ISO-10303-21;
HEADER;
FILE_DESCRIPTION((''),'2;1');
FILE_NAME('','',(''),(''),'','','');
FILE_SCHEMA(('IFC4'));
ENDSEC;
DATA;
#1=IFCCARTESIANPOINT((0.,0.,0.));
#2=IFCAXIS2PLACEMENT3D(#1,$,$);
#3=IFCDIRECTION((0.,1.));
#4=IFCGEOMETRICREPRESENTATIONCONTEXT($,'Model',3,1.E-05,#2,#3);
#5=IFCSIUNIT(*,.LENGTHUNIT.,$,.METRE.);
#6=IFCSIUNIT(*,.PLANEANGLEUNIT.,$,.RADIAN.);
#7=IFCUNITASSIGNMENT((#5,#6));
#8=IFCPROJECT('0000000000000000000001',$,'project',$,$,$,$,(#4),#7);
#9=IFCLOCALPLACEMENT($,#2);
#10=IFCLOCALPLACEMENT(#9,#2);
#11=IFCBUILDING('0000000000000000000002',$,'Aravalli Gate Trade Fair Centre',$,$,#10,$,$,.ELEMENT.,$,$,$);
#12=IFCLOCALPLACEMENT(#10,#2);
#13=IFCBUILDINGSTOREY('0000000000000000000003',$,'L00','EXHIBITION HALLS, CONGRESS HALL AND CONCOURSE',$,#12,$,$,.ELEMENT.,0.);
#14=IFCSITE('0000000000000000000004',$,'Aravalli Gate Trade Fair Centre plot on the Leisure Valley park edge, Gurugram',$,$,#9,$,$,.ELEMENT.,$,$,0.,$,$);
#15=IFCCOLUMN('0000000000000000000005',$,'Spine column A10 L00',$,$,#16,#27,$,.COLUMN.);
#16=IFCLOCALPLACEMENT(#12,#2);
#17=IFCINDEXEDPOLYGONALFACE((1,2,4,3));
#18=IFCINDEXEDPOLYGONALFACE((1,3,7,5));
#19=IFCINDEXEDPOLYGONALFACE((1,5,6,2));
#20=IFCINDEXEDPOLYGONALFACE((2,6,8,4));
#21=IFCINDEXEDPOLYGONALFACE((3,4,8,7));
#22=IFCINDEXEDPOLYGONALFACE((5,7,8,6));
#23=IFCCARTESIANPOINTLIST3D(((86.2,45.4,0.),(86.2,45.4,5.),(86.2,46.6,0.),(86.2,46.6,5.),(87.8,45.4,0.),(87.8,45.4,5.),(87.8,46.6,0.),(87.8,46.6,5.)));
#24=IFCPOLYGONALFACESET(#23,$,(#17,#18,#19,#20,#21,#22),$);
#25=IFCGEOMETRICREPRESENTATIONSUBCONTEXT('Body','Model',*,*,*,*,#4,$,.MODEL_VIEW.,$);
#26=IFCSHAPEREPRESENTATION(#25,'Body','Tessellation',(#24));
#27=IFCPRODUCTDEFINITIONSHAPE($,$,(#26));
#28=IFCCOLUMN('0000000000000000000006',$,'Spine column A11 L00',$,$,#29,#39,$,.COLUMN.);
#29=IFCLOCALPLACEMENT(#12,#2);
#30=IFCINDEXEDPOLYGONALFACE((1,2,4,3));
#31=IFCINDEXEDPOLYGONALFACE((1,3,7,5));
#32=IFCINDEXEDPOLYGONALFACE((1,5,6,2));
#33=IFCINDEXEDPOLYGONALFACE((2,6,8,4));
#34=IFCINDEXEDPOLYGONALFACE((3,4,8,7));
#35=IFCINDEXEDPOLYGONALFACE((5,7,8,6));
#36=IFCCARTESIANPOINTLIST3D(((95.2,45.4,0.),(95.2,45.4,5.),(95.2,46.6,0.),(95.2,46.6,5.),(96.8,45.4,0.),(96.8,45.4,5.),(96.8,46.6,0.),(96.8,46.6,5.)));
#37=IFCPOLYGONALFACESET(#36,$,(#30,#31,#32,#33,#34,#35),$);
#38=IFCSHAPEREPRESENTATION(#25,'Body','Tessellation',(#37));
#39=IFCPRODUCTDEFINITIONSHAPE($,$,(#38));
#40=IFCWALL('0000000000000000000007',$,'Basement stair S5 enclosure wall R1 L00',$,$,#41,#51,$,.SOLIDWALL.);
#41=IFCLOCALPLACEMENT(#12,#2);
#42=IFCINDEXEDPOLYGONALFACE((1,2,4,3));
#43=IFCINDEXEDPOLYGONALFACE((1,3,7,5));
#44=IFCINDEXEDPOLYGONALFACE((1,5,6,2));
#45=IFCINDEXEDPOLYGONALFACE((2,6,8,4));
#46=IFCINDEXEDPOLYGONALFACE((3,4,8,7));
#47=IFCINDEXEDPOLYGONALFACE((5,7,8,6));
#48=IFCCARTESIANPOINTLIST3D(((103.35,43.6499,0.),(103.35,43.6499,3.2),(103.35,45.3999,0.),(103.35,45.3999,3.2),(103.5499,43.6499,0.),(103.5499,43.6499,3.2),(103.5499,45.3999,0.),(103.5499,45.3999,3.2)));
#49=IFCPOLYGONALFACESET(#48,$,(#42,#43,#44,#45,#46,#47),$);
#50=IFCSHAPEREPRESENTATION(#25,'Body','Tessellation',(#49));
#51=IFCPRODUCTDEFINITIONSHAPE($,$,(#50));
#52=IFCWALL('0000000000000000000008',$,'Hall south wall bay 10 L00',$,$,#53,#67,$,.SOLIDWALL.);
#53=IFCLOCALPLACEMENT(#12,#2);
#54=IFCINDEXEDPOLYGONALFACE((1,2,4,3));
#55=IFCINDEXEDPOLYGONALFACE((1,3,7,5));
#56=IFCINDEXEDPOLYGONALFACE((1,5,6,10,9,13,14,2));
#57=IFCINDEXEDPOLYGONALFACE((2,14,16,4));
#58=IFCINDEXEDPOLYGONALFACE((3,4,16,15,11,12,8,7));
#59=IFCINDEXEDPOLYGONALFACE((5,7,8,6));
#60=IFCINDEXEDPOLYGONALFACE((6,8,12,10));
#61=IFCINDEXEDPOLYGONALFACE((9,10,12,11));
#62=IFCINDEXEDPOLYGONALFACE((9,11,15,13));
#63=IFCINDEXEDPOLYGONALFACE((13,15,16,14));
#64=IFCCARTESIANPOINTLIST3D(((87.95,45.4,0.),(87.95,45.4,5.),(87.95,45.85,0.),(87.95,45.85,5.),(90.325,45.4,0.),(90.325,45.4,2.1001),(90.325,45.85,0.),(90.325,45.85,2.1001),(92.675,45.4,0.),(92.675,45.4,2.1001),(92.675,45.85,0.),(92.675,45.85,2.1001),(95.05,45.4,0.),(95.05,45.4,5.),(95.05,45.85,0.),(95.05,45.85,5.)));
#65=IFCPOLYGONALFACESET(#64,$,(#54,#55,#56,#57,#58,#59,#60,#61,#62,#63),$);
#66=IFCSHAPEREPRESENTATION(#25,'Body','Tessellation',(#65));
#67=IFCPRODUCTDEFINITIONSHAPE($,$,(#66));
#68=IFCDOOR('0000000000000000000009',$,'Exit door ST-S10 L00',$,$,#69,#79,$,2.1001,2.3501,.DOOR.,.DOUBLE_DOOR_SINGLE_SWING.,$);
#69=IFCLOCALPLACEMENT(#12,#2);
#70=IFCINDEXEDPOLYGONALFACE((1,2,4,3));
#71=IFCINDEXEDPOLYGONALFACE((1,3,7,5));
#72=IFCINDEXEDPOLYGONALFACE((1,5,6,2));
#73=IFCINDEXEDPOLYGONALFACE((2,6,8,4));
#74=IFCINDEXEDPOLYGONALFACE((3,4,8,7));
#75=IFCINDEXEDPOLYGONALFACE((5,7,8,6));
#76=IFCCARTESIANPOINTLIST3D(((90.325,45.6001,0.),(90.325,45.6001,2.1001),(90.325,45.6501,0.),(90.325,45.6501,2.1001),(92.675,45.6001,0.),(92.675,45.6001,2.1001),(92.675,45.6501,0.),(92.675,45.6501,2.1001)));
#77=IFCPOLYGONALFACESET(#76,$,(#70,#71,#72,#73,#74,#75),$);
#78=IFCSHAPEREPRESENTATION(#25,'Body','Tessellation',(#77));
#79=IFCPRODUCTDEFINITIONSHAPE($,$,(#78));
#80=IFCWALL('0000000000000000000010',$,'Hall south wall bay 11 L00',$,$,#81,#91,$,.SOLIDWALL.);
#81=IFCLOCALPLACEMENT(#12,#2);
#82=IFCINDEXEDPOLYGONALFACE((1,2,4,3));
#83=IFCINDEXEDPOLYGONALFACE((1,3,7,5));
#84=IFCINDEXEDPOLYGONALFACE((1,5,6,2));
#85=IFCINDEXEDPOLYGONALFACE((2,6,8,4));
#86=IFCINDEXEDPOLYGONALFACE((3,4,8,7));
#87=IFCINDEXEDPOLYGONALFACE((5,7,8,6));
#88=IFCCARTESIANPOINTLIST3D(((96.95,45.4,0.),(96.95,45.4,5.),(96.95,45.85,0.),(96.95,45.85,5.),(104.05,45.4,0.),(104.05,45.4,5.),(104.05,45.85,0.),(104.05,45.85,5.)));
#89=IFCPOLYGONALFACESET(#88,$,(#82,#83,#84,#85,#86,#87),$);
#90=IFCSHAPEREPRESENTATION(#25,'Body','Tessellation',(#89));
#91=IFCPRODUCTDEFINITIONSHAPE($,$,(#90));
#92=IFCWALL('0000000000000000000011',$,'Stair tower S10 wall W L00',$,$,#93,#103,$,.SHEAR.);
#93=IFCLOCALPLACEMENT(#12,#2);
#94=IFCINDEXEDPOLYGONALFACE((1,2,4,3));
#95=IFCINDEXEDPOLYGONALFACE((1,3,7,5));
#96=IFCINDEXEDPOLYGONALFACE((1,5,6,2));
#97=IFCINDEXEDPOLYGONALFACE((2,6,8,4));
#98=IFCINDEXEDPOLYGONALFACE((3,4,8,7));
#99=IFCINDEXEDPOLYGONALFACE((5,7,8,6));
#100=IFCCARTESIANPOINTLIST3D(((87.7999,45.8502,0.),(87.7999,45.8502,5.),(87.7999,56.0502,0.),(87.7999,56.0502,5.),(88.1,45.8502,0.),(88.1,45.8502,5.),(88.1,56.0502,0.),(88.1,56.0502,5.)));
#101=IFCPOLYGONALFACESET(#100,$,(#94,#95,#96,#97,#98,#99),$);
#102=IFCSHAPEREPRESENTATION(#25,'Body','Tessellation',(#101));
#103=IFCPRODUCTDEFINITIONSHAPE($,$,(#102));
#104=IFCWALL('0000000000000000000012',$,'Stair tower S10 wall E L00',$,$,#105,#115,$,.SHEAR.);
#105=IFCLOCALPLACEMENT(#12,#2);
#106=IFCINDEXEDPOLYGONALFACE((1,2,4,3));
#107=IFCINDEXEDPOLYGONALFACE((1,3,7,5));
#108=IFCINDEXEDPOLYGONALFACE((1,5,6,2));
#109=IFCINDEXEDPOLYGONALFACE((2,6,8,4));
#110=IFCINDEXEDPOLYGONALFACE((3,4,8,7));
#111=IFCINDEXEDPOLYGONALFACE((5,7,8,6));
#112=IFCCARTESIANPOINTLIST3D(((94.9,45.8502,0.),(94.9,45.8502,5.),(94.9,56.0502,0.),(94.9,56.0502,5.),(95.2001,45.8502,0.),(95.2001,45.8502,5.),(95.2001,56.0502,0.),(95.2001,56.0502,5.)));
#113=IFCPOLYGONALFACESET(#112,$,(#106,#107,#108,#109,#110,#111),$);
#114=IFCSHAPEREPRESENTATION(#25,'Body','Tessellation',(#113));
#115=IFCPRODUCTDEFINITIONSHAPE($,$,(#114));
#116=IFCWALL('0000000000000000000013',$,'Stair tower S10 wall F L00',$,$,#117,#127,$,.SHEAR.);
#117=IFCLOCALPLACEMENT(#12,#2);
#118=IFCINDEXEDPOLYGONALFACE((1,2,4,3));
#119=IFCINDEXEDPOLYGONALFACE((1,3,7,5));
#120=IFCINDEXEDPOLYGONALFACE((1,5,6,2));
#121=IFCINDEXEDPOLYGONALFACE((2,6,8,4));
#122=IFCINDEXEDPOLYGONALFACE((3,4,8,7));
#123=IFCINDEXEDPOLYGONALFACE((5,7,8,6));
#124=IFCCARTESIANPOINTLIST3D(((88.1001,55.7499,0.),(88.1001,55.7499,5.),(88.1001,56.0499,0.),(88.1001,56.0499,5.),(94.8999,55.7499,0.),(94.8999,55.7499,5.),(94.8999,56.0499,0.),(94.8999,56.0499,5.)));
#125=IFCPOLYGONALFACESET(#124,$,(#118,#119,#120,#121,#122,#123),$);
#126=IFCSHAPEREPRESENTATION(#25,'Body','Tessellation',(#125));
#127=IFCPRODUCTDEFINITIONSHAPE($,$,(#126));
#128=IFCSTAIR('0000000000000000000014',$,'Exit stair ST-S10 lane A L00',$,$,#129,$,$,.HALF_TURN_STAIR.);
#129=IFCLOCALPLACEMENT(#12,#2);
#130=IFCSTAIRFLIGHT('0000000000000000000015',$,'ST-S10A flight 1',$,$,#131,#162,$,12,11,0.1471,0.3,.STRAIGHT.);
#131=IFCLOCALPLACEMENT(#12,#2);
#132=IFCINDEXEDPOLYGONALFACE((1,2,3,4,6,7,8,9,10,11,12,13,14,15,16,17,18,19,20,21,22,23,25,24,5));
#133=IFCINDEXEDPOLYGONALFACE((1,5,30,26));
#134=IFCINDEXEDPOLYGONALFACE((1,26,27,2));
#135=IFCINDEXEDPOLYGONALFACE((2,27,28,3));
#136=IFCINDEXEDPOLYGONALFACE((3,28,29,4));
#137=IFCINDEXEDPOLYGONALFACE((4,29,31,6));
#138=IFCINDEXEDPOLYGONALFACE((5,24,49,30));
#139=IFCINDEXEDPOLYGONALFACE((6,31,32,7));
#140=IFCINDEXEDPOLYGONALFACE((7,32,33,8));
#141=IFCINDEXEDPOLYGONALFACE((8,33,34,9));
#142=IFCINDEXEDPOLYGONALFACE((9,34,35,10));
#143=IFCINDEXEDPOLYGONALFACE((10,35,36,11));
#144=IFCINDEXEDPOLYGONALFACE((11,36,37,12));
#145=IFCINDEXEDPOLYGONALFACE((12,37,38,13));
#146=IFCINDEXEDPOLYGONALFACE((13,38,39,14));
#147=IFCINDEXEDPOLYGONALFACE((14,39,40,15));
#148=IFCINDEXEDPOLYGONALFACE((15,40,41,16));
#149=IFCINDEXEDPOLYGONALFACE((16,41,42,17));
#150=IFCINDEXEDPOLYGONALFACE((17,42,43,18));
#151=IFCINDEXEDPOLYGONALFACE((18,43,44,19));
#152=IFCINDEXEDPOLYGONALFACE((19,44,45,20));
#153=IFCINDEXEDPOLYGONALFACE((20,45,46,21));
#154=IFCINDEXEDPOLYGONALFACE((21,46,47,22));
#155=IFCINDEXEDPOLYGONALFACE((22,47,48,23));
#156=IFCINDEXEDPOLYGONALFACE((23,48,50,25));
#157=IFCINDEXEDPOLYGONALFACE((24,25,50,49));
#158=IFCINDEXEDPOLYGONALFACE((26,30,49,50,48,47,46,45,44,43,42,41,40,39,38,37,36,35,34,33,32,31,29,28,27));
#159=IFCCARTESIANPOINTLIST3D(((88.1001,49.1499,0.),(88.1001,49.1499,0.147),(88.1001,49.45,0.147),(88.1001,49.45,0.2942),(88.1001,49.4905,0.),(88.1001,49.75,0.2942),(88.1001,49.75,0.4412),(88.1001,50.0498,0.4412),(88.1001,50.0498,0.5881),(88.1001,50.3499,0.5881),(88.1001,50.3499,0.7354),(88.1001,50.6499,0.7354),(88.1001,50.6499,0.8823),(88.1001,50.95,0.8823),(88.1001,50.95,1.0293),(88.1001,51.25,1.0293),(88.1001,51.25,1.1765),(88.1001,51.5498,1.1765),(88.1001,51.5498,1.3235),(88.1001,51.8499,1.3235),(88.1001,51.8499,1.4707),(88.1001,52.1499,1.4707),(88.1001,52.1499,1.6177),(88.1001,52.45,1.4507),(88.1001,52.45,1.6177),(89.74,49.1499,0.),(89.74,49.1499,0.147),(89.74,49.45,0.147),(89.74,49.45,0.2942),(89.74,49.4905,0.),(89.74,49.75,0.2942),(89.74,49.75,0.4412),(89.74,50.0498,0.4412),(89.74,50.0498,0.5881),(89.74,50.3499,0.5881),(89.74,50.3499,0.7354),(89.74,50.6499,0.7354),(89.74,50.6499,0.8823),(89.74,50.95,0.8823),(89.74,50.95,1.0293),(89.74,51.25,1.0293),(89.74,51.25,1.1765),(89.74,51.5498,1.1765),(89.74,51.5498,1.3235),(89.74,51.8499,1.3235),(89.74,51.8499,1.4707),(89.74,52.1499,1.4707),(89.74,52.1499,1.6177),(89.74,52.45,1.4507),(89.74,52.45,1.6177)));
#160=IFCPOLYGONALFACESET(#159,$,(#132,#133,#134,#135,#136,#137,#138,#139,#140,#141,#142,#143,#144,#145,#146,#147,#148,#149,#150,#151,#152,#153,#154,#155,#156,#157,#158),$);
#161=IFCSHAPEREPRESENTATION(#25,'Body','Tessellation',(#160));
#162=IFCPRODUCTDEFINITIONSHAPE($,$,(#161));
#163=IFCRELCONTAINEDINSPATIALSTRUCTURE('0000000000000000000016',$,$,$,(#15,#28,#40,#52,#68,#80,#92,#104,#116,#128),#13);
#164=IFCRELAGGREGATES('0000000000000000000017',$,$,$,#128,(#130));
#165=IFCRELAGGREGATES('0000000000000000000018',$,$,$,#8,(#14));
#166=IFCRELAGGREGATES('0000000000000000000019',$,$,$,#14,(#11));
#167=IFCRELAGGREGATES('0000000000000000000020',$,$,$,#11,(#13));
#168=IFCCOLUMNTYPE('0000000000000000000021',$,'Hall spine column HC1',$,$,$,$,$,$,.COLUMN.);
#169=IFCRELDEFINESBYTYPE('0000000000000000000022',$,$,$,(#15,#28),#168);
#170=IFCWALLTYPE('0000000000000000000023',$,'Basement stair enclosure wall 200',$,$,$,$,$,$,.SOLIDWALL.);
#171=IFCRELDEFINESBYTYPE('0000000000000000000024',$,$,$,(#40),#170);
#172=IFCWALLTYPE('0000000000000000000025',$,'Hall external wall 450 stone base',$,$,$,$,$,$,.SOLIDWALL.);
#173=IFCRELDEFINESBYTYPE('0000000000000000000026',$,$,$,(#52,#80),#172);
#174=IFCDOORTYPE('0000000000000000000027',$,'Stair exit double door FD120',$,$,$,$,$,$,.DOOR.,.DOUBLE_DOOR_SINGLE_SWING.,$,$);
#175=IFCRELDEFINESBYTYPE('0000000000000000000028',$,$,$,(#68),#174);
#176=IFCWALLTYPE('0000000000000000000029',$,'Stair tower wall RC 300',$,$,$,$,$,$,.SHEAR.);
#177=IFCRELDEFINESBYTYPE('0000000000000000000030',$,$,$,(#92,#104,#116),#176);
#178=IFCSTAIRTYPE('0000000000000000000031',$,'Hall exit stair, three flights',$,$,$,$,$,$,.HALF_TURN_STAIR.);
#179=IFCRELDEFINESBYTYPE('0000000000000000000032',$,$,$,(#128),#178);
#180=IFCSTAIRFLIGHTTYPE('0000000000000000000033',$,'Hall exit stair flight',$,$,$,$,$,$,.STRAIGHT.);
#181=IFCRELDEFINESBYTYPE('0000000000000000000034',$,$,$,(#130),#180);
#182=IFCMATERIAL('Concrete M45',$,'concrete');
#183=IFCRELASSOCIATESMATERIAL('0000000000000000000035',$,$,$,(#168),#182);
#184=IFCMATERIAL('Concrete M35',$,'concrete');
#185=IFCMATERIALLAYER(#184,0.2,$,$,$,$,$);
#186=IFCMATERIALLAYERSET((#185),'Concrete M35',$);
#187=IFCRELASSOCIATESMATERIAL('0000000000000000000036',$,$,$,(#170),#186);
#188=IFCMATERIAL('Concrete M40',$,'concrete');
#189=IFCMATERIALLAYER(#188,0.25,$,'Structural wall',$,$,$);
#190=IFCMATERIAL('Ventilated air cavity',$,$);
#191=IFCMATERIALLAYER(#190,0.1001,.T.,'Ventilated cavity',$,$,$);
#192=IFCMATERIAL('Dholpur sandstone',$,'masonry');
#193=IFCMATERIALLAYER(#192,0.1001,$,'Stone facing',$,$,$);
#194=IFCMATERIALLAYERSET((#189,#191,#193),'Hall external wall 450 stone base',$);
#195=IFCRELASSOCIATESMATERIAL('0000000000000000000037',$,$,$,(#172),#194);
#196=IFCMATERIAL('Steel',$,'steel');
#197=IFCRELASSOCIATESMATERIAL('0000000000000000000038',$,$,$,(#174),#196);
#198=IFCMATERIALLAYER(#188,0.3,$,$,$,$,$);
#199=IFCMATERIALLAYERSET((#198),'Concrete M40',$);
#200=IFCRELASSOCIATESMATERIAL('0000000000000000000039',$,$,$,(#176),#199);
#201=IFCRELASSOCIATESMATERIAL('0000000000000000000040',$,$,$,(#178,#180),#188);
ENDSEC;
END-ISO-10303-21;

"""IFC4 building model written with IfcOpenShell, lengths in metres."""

from ifc_helpers import new_model, si_unit, direction, frame, frame_2d, origin, origin_2d, place, context, subcontext, project, spatial, polyline, rectangle, outline, extrude, material, layer, layer_set, material_profile, profile_set, type_object, element, fill, aggregate, save


model = new_model("IFC4")

# Units and contexts
model_context = context("Model", 3, precision=1e-05, world=origin(), true_north=direction((0.0, 1.0)))
body_context = subcontext(model_context, "Body", "Model", "MODEL_VIEW")
ifc_project = project(units=[si_unit("LENGTHUNIT", "METRE"), si_unit("PLANEANGLEUNIT", "RADIAN")], contexts=[model_context])

# Site, building, storey
site_placement = place(None, origin())
site = spatial("IfcSite", under=ifc_project, at=site_placement, Name="Aravalli Gate Trade Fair Centre plot on the Leisure Valley park edge, Gurugram", CompositionType="ELEMENT", RefElevation=0.0)
building_placement = place(site_placement, origin())
building = spatial("IfcBuilding", under=site, at=building_placement, Name="Aravalli Gate Trade Fair Centre", CompositionType="ELEMENT")
storey_placement = place(building_placement, origin())
storey = spatial("IfcBuildingStorey", under=building, at=storey_placement, Name="L00", Description="EXHIBITION HALLS, CONGRESS HALL AND CONCOURSE", CompositionType="ELEMENT", Elevation=0.0)

# Columns
ifc_material_1 = material(Name="Concrete M45", Category="concrete")
ifc_material_profile = material_profile(ifc_material_1, rectangle(XDim=1.6001, YDim=1.2, at=origin_2d()), Name="RC 1600x1200")
ifc_profile_set = profile_set([ifc_material_profile], Name="Concrete M45")
column_type = type_object("IfcColumnType", Name="Hall spine column HC1", PredefinedType="COLUMN", material=ifc_profile_set)
for number, where, z_axis, x_axis, name in (
    (1, (87.0, 46.0, 0.0), (0.0, 0.0, 1.0), (1.0, 0.0, 0.0), "Spine column A10 L00"),
    (2, (96.0, 46.0, 0.0), (0.0, 0.0, 1.0), (1.0, 0.0, 0.0), "Spine column A11 L00"),
):
    element("IfcColumn", number, at=place(storey_placement, frame(where, z_axis=z_axis, x_axis=x_axis)), inside=storey, type_object=column_type, Name=name, PredefinedType="COLUMN", context=body_context, shape_type="SweptSolid", body=[
        extrude(rectangle(XDim=1.6001, YDim=1.2, at=origin_2d()), origin(), (0.0, 0.0, 1.0), 5.0),
    ])

# Wall
ifc_material_2 = material(Name="Concrete M35", Category="concrete")
ifc_layer_1 = layer(ifc_material_2, 0.2)
ifc_layer_set_1 = layer_set([ifc_layer_1], Name="Concrete M35")
wall_type_1 = type_object("IfcWallType", Name="Basement stair enclosure wall 200", PredefinedType="SOLIDWALL", material=ifc_layer_set_1)
wall_1_placement = place(storey_placement, frame((103.45, 45.3999, 0.0), z_axis=(0.0, 0.0, 1.0), x_axis=(0.0, -1.0, 0.0)))
element("IfcWall", 3, at=wall_1_placement, inside=storey, type_object=wall_type_1, Name="Basement stair S5 enclosure wall R1 L00", PredefinedType="SOLIDWALL", context=body_context, shape_type="SweptSolid", body=[
    extrude(rectangle(XDim=1.75, YDim=0.2, at=frame_2d((0.875, 0.0))), origin(), (0.0, 0.0, 1.0), 3.2),
])

# Wall, opening, door
ifc_material_3 = material(Name="Concrete M40", Category="concrete")
ifc_layer_2 = layer(ifc_material_3, 0.25, Name="Structural wall")
ifc_material_4 = material(Name="Ventilated air cavity")
ifc_layer_3 = layer(ifc_material_4, 0.1001, ventilated=True, Name="Ventilated cavity")
ifc_material_5 = material(Name="Dholpur sandstone", Category="masonry")
ifc_layer_4 = layer(ifc_material_5, 0.1001, Name="Stone facing")
ifc_layer_set_2 = layer_set([ifc_layer_2, ifc_layer_3, ifc_layer_4], Name="Hall external wall 450 stone base")
wall_type_2 = type_object("IfcWallType", Name="Hall external wall 450 stone base", PredefinedType="SOLIDWALL", material=ifc_layer_set_2)
wall_2_placement = place(storey_placement, frame((87.95, 45.625, 0.0), z_axis=(0.0, 0.0, 1.0), x_axis=(1.0, 0.0, 0.0)))
wall_2 = element("IfcWall", 4, at=wall_2_placement, inside=storey, type_object=wall_type_2, Name="Hall south wall bay 10 L00", PredefinedType="SOLIDWALL", context=body_context, shape_type="SweptSolid", body=[
    extrude(rectangle(XDim=7.1001, YDim=0.45, at=frame_2d((3.55, 0.0))), origin(), (0.0, 0.0, 1.0), 5.0),
])
opening_placement = place(wall_2_placement, frame((2.375, 0.0, 0.0)))
opening = element("IfcOpeningElement", 5, at=opening_placement, cuts=wall_2, PredefinedType="OPENING", context=body_context, shape_type="SweptSolid", body=[
    extrude(rectangle(XDim=2.3501, YDim=2.1001, at=frame_2d((1.175, 1.05))), frame((0.0, 0.2349, 0.0), z_axis=(0.0, -1.0, 0.0), x_axis=(1.0, 0.0, 0.0)), (0.0, 0.0, 1.0), 0.47),
])
ifc_material_6 = material(Name="Steel", Category="steel")
door_type = type_object("IfcDoorType", Name="Stair exit double door FD120", OperationType="DOUBLE_DOOR_SINGLE_SWING", PredefinedType="DOOR", material=ifc_material_6)
door_placement = place(opening_placement, frame((2.3501, 0.0, 0.0), z_axis=(0.0, 0.0, 1.0), x_axis=(-1.0, 0.0, 0.0)))
door = element("IfcDoor", 6, at=door_placement, inside=storey, type_object=door_type, Name="Exit door ST-S10 L00", OperationType="DOUBLE_DOOR_SINGLE_SWING", OverallHeight=2.1001, OverallWidth=2.3501, PredefinedType="DOOR", context=body_context, shape_type="SweptSolid", body=[
    extrude(rectangle(XDim=2.3501, YDim=2.1001, at=frame_2d((1.175, 1.05))), frame((0.0, 0.0249, 0.0), z_axis=(0.0, -1.0, 0.0), x_axis=(1.0, 0.0, 0.0)), (0.0, 0.0, 1.0), 0.05),
])
fill(opening, door)

# Walls
wall_3_placement = place(storey_placement, frame((96.95, 45.625, 0.0), z_axis=(0.0, 0.0, 1.0), x_axis=(1.0, 0.0, 0.0)))
element("IfcWall", 7, at=wall_3_placement, inside=storey, type_object=wall_type_2, Name="Hall south wall bay 11 L00", PredefinedType="SOLIDWALL", context=body_context, shape_type="SweptSolid", body=[
    extrude(rectangle(XDim=7.1001, YDim=0.45, at=frame_2d((3.55, 0.0))), origin(), (0.0, 0.0, 1.0), 5.0),
])
ifc_layer_5 = layer(ifc_material_3, 0.3)
ifc_layer_set_3 = layer_set([ifc_layer_5], Name="Concrete M40")
wall_type_3 = type_object("IfcWallType", Name="Stair tower wall RC 300", PredefinedType="SHEAR", material=ifc_layer_set_3)
for number, where, z_axis, x_axis, name in (
    (8, (87.95, 45.8501, 0.0), (0.0, 0.0, 1.0), (0.0, 1.0, 0.0), "Stair tower S10 wall W L00"),
    (9, (95.05, 45.8501, 0.0), (0.0, 0.0, 1.0), (0.0, 1.0, 0.0), "Stair tower S10 wall E L00"),
):
    element("IfcWall", number, at=place(storey_placement, frame(where, z_axis=z_axis, x_axis=x_axis)), inside=storey, type_object=wall_type_3, Name=name, PredefinedType="SHEAR", context=body_context, shape_type="SweptSolid", body=[
        extrude(rectangle(XDim=10.2, YDim=0.3, at=frame_2d((5.1001, 0.0))), origin(), (0.0, 0.0, 1.0), 5.0),
    ])
wall_4_placement = place(storey_placement, frame((88.1001, 55.8999, 0.0), z_axis=(0.0, 0.0, 1.0), x_axis=(1.0, 0.0, 0.0)))
element("IfcWall", 10, at=wall_4_placement, inside=storey, type_object=wall_type_3, Name="Stair tower S10 wall F L00", PredefinedType="SHEAR", context=body_context, shape_type="SweptSolid", body=[
    extrude(rectangle(XDim=6.7998, YDim=0.3, at=frame_2d((3.3999, 0.0))), origin(), (0.0, 0.0, 1.0), 5.0),
])

# Stair, stair flight
stair_type = type_object("IfcStairType", Name="Hall exit stair, three flights", PredefinedType="HALF_TURN_STAIR", material=ifc_material_3)
stair_1_placement = place(storey_placement, origin())
stair_1 = element("IfcStair", 11, at=stair_1_placement, inside=storey, type_object=stair_type, Name="Exit stair ST-S10 lane A L00", PredefinedType="HALF_TURN_STAIR")
stair_flight_type = type_object("IfcStairFlightType", Name="Hall exit stair flight", PredefinedType="STRAIGHT", material=ifc_material_3)
stair_flight_1_placement = place(storey_placement, frame((88.9199, 49.1499, 0.0), z_axis=(0.0, 0.0, 1.0), x_axis=(0.0, 1.0, 0.0)))
stair_flight_1 = element("IfcStairFlight", 12, at=stair_flight_1_placement, type_object=stair_flight_type, Name="ST-S10A flight 1", NumberOfRisers=12, NumberOfTreads=11, PredefinedType="STRAIGHT", RiserHeight=0.1471, TreadLength=0.3, context=body_context, shape_type="SweptSolid", body=[
    extrude(outline(polyline([(0.0, 0.0), (0.0, 0.147), (0.3, 0.147), (0.3, 0.2942), (0.6001, 0.2942), (0.6001, 0.4412), (0.8999, 0.4412), (0.8999, 0.5881), (1.2, 0.5881), (1.2, 0.7354), (1.5, 0.7354), (1.5, 0.8823), (1.8, 0.8823), (1.8, 1.0293), (2.1001, 1.0293), (2.1001, 1.1765), (2.3999, 1.1765), (2.3999, 1.3235), (2.7, 1.3235), (2.7, 1.4707), (3.0, 1.4707), (3.0, 1.6177), (3.3, 1.6177), (3.3, 1.7646), (3.3, 1.4507), (0.3406, 0.0), (0.0, 0.0)])), frame((0.0, 0.8198, 0.0), z_axis=(0.0, -1.0, 0.0), x_axis=(1.0, 0.0, 0.0)), (0.0, 0.0, 1.0), 1.6399),
])
aggregate(stair_1, [stair_flight_1])

save(model, "model.ifc")
